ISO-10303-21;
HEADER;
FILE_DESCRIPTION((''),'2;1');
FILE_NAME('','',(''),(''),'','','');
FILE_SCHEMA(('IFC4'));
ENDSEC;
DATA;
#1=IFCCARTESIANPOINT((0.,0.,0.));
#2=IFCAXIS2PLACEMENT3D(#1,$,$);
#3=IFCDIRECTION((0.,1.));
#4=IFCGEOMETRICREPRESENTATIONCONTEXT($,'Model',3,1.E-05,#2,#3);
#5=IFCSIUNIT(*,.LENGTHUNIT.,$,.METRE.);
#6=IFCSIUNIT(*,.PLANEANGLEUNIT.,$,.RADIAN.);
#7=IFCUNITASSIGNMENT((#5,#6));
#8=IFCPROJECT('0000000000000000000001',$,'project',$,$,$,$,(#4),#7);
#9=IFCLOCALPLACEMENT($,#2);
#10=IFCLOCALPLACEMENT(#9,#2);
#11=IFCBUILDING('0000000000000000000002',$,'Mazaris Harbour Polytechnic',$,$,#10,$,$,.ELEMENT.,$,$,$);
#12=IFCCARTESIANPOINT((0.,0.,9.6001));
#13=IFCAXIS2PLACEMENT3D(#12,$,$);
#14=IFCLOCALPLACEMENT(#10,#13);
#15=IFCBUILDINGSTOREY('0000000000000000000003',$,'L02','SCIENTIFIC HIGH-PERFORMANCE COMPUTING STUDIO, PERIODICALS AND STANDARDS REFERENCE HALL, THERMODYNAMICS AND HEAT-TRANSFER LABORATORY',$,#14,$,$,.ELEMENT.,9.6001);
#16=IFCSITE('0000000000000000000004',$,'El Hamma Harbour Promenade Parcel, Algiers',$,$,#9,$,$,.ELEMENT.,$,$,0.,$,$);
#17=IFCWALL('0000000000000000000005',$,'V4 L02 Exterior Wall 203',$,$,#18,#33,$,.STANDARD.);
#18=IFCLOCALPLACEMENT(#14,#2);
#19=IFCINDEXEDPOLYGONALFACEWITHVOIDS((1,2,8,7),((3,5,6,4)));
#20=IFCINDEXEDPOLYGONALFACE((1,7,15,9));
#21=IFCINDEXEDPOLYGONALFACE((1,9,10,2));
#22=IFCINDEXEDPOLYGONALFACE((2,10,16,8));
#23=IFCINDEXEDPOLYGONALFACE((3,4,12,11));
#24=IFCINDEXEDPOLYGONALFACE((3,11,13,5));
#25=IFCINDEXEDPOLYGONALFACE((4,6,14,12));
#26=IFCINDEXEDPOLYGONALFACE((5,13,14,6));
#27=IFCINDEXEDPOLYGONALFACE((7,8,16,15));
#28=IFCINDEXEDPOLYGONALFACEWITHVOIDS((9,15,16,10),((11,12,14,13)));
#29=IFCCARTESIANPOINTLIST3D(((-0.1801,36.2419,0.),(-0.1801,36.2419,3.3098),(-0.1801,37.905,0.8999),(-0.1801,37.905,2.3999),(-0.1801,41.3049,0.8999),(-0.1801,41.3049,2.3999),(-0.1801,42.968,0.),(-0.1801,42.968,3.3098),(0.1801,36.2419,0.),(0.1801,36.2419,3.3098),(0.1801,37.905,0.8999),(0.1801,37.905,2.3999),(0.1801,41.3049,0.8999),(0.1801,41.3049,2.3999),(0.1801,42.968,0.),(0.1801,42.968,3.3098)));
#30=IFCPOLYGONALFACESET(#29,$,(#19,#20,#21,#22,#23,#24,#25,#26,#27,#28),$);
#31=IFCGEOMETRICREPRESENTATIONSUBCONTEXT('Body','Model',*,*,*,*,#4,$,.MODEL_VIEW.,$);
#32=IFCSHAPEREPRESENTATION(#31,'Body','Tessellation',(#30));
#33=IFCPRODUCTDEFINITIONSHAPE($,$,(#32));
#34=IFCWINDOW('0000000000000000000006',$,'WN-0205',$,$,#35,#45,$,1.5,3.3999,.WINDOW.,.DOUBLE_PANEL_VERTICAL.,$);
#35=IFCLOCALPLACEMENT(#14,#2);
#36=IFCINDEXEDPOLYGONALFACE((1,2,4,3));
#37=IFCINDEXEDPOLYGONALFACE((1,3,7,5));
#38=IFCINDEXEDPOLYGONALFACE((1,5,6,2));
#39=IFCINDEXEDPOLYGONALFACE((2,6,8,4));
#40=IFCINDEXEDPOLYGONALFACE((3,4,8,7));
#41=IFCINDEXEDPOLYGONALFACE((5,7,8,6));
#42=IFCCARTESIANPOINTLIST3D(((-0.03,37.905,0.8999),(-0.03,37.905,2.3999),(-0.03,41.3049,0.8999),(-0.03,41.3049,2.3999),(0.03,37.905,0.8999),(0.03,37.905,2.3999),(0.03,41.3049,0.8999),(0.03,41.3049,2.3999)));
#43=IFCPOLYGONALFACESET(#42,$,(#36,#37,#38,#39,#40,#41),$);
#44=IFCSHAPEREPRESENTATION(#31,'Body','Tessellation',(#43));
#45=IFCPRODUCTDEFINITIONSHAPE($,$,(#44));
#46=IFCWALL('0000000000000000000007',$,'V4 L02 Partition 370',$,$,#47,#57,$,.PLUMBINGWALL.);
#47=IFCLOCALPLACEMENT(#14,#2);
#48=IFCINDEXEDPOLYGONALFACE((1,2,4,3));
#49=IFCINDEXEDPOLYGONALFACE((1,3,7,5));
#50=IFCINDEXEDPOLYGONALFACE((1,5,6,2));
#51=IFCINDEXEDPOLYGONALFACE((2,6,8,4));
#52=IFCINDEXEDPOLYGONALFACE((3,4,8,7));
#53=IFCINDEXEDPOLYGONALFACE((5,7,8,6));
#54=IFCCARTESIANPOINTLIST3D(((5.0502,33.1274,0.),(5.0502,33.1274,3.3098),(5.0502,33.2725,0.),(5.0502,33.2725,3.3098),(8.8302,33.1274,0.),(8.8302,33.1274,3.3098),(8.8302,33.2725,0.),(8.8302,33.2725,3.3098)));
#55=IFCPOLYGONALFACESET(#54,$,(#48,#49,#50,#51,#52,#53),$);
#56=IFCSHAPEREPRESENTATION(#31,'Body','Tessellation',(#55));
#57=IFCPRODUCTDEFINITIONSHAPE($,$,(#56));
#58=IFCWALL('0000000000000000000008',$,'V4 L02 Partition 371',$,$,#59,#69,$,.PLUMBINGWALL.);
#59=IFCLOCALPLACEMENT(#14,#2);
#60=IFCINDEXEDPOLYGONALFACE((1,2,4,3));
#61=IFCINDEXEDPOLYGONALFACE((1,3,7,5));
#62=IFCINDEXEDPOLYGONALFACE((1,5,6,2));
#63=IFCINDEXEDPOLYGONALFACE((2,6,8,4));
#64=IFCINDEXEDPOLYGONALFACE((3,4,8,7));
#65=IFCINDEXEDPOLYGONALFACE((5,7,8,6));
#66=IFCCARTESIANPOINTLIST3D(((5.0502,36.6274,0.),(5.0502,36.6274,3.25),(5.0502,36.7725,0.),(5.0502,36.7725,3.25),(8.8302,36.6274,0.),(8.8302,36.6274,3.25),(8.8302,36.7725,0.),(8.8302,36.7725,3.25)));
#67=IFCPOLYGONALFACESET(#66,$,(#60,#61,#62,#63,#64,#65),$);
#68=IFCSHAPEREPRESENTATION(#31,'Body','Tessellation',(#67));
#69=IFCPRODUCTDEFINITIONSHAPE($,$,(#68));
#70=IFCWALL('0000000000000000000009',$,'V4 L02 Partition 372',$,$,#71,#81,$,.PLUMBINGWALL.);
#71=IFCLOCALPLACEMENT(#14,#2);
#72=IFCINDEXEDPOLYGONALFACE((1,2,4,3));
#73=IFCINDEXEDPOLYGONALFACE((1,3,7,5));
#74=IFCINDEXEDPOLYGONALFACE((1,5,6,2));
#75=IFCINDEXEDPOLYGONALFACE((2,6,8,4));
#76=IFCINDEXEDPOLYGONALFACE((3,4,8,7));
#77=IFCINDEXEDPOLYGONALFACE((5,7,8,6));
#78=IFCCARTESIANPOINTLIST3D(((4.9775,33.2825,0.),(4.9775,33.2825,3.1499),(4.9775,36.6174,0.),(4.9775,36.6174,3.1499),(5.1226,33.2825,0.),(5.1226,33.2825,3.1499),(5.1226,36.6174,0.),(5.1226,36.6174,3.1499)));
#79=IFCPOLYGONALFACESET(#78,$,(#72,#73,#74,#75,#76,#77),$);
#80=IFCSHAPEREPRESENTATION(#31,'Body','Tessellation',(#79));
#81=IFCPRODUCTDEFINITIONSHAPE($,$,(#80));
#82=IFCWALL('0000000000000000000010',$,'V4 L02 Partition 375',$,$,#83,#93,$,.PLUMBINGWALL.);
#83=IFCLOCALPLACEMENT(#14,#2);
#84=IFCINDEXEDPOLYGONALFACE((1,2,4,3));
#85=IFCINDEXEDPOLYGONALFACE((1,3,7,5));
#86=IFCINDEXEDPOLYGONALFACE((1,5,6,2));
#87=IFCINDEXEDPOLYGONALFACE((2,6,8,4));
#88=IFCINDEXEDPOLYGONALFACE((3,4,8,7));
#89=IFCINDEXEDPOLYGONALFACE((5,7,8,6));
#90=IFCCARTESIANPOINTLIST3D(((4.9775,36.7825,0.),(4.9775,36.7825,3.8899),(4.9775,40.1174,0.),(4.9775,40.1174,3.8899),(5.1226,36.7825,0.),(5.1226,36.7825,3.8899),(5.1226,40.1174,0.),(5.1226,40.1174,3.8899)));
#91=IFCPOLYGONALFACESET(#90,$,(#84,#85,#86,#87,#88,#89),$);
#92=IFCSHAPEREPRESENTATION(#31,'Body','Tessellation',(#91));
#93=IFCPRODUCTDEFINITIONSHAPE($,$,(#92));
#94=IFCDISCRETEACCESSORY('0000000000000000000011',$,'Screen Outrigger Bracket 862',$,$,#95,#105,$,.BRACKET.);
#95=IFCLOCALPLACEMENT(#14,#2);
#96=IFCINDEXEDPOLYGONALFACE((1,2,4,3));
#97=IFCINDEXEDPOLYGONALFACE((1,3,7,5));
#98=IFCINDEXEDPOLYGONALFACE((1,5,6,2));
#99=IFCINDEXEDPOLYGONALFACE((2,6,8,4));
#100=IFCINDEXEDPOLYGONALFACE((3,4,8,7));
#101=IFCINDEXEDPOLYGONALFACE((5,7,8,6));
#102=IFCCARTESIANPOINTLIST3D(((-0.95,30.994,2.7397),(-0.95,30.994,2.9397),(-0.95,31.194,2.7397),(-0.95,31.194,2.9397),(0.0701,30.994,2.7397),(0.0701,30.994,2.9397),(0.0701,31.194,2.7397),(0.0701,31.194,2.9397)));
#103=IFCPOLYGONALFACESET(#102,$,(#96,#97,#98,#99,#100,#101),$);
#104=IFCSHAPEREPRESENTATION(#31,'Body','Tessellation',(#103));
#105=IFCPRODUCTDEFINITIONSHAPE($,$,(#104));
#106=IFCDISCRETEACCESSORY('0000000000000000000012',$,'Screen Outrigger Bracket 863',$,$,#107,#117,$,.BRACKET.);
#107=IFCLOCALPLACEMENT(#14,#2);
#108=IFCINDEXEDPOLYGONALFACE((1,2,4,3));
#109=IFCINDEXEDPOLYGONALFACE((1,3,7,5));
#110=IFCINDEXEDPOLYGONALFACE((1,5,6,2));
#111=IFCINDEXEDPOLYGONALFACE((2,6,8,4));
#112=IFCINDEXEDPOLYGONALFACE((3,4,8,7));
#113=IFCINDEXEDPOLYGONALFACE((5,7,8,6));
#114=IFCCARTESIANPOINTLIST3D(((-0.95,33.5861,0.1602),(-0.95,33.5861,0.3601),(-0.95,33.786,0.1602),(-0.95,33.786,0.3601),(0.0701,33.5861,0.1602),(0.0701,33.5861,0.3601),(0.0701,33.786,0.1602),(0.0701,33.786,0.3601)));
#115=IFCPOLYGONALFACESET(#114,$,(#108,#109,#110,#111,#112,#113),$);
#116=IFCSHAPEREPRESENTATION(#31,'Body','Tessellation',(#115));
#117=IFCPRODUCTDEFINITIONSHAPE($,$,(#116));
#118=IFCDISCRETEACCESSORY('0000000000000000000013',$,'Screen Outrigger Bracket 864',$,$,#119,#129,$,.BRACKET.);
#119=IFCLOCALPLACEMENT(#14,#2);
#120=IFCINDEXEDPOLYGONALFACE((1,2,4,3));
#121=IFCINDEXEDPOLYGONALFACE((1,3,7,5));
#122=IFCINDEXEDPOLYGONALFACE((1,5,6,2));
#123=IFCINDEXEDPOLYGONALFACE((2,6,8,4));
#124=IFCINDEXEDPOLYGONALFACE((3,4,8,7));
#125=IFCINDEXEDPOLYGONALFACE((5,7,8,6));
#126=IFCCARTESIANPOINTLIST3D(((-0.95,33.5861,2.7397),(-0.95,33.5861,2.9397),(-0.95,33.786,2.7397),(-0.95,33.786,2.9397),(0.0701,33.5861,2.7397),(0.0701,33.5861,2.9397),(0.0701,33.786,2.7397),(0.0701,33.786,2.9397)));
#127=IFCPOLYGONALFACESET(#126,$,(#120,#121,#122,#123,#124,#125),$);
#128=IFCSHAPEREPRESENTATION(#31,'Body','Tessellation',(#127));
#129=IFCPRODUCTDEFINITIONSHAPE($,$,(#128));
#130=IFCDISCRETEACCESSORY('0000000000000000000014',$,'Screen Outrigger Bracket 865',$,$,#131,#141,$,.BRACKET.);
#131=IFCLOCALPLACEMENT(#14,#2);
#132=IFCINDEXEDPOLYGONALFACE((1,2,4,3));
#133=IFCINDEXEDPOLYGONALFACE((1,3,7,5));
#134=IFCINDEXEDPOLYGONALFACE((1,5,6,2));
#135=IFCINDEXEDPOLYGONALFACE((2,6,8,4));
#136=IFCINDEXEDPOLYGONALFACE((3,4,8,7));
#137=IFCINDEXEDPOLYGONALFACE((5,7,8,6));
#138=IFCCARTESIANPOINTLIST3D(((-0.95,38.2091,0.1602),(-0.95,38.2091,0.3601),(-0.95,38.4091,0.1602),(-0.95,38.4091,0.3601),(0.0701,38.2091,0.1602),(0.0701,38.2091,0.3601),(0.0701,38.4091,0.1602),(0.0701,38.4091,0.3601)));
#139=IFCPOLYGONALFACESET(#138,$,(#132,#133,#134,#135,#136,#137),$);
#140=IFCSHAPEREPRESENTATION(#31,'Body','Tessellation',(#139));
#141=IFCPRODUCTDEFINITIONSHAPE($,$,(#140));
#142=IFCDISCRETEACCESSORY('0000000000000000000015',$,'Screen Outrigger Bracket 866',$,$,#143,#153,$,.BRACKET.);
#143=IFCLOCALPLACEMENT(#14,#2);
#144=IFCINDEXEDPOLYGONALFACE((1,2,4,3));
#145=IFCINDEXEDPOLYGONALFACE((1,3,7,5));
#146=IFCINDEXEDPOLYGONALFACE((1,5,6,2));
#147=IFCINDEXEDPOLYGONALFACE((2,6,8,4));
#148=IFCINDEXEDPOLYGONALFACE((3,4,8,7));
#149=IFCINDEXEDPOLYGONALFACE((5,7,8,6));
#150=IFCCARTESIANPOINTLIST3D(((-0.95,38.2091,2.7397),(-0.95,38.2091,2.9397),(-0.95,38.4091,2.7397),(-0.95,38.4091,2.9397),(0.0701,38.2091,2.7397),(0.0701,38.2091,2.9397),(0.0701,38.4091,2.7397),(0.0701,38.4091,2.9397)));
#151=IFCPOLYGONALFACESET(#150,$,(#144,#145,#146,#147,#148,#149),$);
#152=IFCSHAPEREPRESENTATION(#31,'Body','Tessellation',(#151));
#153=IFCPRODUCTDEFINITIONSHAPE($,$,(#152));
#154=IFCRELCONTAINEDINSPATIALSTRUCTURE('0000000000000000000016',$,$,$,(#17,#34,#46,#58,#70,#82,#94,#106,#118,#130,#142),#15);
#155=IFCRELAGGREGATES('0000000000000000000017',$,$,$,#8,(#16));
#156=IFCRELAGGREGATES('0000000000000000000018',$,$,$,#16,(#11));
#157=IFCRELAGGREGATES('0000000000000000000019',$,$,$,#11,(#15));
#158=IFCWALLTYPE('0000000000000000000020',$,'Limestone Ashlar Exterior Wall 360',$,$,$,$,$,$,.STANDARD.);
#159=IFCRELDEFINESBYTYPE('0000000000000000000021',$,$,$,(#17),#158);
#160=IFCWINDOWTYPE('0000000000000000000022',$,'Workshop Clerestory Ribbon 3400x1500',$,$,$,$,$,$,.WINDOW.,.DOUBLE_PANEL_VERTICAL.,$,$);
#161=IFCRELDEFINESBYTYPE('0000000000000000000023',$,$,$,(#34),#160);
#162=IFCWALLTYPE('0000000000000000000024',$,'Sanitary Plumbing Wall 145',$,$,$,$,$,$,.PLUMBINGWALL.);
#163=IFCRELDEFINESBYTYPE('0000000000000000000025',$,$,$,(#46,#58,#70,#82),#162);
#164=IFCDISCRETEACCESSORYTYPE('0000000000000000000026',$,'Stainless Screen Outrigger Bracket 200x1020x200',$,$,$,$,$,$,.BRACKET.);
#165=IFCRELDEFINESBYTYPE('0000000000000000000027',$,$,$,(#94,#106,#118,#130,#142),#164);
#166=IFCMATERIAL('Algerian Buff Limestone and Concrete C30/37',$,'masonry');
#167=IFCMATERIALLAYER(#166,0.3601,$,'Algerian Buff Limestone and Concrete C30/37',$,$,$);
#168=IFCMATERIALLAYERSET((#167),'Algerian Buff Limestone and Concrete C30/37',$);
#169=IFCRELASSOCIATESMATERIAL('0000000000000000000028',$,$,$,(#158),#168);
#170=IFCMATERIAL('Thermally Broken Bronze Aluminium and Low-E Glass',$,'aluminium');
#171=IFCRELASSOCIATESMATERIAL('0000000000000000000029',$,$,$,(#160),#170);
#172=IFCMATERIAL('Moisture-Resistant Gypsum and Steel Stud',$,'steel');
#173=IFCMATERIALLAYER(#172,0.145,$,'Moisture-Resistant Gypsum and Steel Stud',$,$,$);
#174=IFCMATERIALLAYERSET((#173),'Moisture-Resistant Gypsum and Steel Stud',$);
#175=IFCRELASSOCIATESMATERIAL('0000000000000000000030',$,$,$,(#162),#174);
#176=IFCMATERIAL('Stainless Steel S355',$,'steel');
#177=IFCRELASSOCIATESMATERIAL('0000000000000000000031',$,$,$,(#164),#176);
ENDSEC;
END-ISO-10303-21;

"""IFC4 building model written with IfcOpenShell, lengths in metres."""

from ifc_helpers import new_model, si_unit, direction, frame, frame_2d, origin, origin_2d, place, context, subcontext, project, spatial, rectangle, extrude, material, layer, layer_set, type_object, element, fill, save


model = new_model("IFC4")

# Units and contexts
model_context = context("Model", 3, precision=1e-05, world=origin(), true_north=direction((0.0, 1.0)))
body_context = subcontext(model_context, "Body", "Model", "MODEL_VIEW")
ifc_project = project(units=[si_unit("LENGTHUNIT", "METRE"), si_unit("PLANEANGLEUNIT", "RADIAN")], contexts=[model_context])

# Site, building, storey
site_placement = place(None, origin())
site = spatial("IfcSite", under=ifc_project, at=site_placement, Name="El Hamma Harbour Promenade Parcel, Algiers", CompositionType="ELEMENT", RefElevation=0.0)
building_placement = place(site_placement, origin())
building = spatial("IfcBuilding", under=site, at=building_placement, Name="Mazaris Harbour Polytechnic", CompositionType="ELEMENT")
storey_placement = place(building_placement, frame((0.0, 0.0, 9.6001)))
storey = spatial("IfcBuildingStorey", under=building, at=storey_placement, Name="L02", Description="SCIENTIFIC HIGH-PERFORMANCE COMPUTING STUDIO, PERIODICALS AND STANDARDS REFERENCE HALL, THERMODYNAMICS AND HEAT-TRANSFER LABORATORY", CompositionType="ELEMENT", Elevation=9.6001)

# Wall, opening, window
ifc_material_1 = material(Name="Algerian Buff Limestone and Concrete C30/37", Category="masonry")
ifc_layer_1 = layer(ifc_material_1, 0.3601, Name="Algerian Buff Limestone and Concrete C30/37")
ifc_layer_set_1 = layer_set([ifc_layer_1], Name="Algerian Buff Limestone and Concrete C30/37")
wall_type_1 = type_object("IfcWallType", Name="Limestone Ashlar Exterior Wall 360", PredefinedType="STANDARD", material=ifc_layer_set_1)
wall_1_placement = place(storey_placement, frame((0.0, 36.2419, 0.0), z_axis=(0.0, 0.0, 1.0), x_axis=(0.0, 1.0, 0.0)))
wall_1 = element("IfcWall", 1, at=wall_1_placement, inside=storey, type_object=wall_type_1, Name="V4 L02 Exterior Wall 203", PredefinedType="STANDARD", context=body_context, shape_type="SweptSolid", body=[
    extrude(rectangle(XDim=6.7261, YDim=0.3601, at=frame_2d((3.363, 0.0))), origin(), (0.0, 0.0, 1.0), 3.3098),
])
opening_placement = place(wall_1_placement, frame((1.6631, 0.0, 0.8999)))
opening = element("IfcOpeningElement", 2, at=opening_placement, cuts=wall_1, PredefinedType="OPENING", context=body_context, shape_type="SweptSolid", body=[
    extrude(rectangle(XDim=3.3999, YDim=1.5, at=frame_2d((1.7, 0.75))), frame((0.0, 0.1899, 0.0), z_axis=(0.0, -1.0, 0.0), x_axis=(1.0, 0.0, 0.0)), (0.0, 0.0, 1.0), 0.3801),
])
ifc_material_2 = material(Name="Thermally Broken Bronze Aluminium and Low-E Glass", Category="aluminium")
window_type = type_object("IfcWindowType", Name="Workshop Clerestory Ribbon 3400x1500", PartitioningType="DOUBLE_PANEL_VERTICAL", PredefinedType="WINDOW", material=ifc_material_2)
window_placement = place(opening_placement, origin())
window = element("IfcWindow", 3, at=window_placement, inside=storey, type_object=window_type, Name="WN-0205", OverallHeight=1.5, OverallWidth=3.3999, PartitioningType="DOUBLE_PANEL_VERTICAL", PredefinedType="WINDOW", context=body_context, shape_type="SweptSolid", body=[
    extrude(rectangle(XDim=3.3999, YDim=1.5, at=frame_2d((1.7, 0.75))), frame((0.0, 0.03, 0.0), z_axis=(0.0, -1.0, 0.0), x_axis=(1.0, 0.0, 0.0)), (0.0, 0.0, 1.0), 0.0601),
])
fill(opening, window)

# Walls
ifc_material_3 = material(Name="Moisture-Resistant Gypsum and Steel Stud", Category="steel")
ifc_layer_2 = layer(ifc_material_3, 0.145, Name="Moisture-Resistant Gypsum and Steel Stud")
ifc_layer_set_2 = layer_set([ifc_layer_2], Name="Moisture-Resistant Gypsum and Steel Stud")
wall_type_2 = type_object("IfcWallType", Name="Sanitary Plumbing Wall 145", PredefinedType="PLUMBINGWALL", material=ifc_layer_set_2)
wall_2_placement = place(storey_placement, frame((5.05, 33.2, 0.0), z_axis=(0.0, 0.0, 1.0), x_axis=(1.0, 0.0, 0.0)))
element("IfcWall", 4, at=wall_2_placement, inside=storey, type_object=wall_type_2, Name="V4 L02 Partition 370", PredefinedType="PLUMBINGWALL", context=body_context, shape_type="SweptSolid", body=[
    extrude(rectangle(XDim=3.78, YDim=0.145, at=frame_2d((1.8901, 0.0))), origin(), (0.0, 0.0, 1.0), 3.3098),
])
wall_3_placement = place(storey_placement, frame((5.05, 36.7, 0.0), z_axis=(0.0, 0.0, 1.0), x_axis=(1.0, 0.0, 0.0)))
element("IfcWall", 5, at=wall_3_placement, inside=storey, type_object=wall_type_2, Name="V4 L02 Partition 371", PredefinedType="PLUMBINGWALL", context=body_context, shape_type="SweptSolid", body=[
    extrude(rectangle(XDim=3.78, YDim=0.145, at=frame_2d((1.8901, 0.0))), origin(), (0.0, 0.0, 1.0), 3.25),
])
wall_4_placement = place(storey_placement, frame((5.05, 33.2825, 0.0), z_axis=(0.0, 0.0, 1.0), x_axis=(0.0, 1.0, 0.0)))
element("IfcWall", 6, at=wall_4_placement, inside=storey, type_object=wall_type_2, Name="V4 L02 Partition 372", PredefinedType="PLUMBINGWALL", context=body_context, shape_type="SweptSolid", body=[
    extrude(rectangle(XDim=3.335, YDim=0.145, at=frame_2d((1.6675, 0.0))), origin(), (0.0, 0.0, 1.0), 3.1499),
])
wall_5_placement = place(storey_placement, frame((5.05, 36.7825, 0.0), z_axis=(0.0, 0.0, 1.0), x_axis=(0.0, 1.0, 0.0)))
element("IfcWall", 7, at=wall_5_placement, inside=storey, type_object=wall_type_2, Name="V4 L02 Partition 375", PredefinedType="PLUMBINGWALL", context=body_context, shape_type="SweptSolid", body=[
    extrude(rectangle(XDim=3.335, YDim=0.145, at=frame_2d((1.6675, 0.0))), origin(), (0.0, 0.0, 1.0), 3.8899),
])

# Discrete accessories
ifc_material_4 = material(Name="Stainless Steel S355", Category="steel")
discrete_accessory_type = type_object("IfcDiscreteAccessoryType", Name="Stainless Screen Outrigger Bracket 200x1020x200", PredefinedType="BRACKET", material=ifc_material_4)
for number, where, z_axis, x_axis, name in (
    (8, (-0.4399, 31.094, 2.7397), (0.0, 0.0, 1.0), (0.0, 1.0, 0.0), "Screen Outrigger Bracket 862"),
    (9, (-0.4399, 33.686, 0.1602), (0.0, 0.0, 1.0), (0.0, 1.0, 0.0), "Screen Outrigger Bracket 863"),
    (10, (-0.4399, 33.686, 2.7397), (0.0, 0.0, 1.0), (0.0, 1.0, 0.0), "Screen Outrigger Bracket 864"),
    (11, (-0.4399, 38.3091, 0.1602), (0.0, 0.0, 1.0), (0.0, 1.0, 0.0), "Screen Outrigger Bracket 865"),
    (12, (-0.4399, 38.3091, 2.7397), (0.0, 0.0, 1.0), (0.0, 1.0, 0.0), "Screen Outrigger Bracket 866"),
):
    element("IfcDiscreteAccessory", number, at=place(storey_placement, frame(where, z_axis=z_axis, x_axis=x_axis)), inside=storey, type_object=discrete_accessory_type, Name=name, PredefinedType="BRACKET", context=body_context, shape_type="SweptSolid", body=[
        extrude(rectangle(XDim=0.2, YDim=1.02, at=origin_2d()), origin(), (0.0, 0.0, 1.0), 0.2),
    ])

save(model, "model.ifc")
